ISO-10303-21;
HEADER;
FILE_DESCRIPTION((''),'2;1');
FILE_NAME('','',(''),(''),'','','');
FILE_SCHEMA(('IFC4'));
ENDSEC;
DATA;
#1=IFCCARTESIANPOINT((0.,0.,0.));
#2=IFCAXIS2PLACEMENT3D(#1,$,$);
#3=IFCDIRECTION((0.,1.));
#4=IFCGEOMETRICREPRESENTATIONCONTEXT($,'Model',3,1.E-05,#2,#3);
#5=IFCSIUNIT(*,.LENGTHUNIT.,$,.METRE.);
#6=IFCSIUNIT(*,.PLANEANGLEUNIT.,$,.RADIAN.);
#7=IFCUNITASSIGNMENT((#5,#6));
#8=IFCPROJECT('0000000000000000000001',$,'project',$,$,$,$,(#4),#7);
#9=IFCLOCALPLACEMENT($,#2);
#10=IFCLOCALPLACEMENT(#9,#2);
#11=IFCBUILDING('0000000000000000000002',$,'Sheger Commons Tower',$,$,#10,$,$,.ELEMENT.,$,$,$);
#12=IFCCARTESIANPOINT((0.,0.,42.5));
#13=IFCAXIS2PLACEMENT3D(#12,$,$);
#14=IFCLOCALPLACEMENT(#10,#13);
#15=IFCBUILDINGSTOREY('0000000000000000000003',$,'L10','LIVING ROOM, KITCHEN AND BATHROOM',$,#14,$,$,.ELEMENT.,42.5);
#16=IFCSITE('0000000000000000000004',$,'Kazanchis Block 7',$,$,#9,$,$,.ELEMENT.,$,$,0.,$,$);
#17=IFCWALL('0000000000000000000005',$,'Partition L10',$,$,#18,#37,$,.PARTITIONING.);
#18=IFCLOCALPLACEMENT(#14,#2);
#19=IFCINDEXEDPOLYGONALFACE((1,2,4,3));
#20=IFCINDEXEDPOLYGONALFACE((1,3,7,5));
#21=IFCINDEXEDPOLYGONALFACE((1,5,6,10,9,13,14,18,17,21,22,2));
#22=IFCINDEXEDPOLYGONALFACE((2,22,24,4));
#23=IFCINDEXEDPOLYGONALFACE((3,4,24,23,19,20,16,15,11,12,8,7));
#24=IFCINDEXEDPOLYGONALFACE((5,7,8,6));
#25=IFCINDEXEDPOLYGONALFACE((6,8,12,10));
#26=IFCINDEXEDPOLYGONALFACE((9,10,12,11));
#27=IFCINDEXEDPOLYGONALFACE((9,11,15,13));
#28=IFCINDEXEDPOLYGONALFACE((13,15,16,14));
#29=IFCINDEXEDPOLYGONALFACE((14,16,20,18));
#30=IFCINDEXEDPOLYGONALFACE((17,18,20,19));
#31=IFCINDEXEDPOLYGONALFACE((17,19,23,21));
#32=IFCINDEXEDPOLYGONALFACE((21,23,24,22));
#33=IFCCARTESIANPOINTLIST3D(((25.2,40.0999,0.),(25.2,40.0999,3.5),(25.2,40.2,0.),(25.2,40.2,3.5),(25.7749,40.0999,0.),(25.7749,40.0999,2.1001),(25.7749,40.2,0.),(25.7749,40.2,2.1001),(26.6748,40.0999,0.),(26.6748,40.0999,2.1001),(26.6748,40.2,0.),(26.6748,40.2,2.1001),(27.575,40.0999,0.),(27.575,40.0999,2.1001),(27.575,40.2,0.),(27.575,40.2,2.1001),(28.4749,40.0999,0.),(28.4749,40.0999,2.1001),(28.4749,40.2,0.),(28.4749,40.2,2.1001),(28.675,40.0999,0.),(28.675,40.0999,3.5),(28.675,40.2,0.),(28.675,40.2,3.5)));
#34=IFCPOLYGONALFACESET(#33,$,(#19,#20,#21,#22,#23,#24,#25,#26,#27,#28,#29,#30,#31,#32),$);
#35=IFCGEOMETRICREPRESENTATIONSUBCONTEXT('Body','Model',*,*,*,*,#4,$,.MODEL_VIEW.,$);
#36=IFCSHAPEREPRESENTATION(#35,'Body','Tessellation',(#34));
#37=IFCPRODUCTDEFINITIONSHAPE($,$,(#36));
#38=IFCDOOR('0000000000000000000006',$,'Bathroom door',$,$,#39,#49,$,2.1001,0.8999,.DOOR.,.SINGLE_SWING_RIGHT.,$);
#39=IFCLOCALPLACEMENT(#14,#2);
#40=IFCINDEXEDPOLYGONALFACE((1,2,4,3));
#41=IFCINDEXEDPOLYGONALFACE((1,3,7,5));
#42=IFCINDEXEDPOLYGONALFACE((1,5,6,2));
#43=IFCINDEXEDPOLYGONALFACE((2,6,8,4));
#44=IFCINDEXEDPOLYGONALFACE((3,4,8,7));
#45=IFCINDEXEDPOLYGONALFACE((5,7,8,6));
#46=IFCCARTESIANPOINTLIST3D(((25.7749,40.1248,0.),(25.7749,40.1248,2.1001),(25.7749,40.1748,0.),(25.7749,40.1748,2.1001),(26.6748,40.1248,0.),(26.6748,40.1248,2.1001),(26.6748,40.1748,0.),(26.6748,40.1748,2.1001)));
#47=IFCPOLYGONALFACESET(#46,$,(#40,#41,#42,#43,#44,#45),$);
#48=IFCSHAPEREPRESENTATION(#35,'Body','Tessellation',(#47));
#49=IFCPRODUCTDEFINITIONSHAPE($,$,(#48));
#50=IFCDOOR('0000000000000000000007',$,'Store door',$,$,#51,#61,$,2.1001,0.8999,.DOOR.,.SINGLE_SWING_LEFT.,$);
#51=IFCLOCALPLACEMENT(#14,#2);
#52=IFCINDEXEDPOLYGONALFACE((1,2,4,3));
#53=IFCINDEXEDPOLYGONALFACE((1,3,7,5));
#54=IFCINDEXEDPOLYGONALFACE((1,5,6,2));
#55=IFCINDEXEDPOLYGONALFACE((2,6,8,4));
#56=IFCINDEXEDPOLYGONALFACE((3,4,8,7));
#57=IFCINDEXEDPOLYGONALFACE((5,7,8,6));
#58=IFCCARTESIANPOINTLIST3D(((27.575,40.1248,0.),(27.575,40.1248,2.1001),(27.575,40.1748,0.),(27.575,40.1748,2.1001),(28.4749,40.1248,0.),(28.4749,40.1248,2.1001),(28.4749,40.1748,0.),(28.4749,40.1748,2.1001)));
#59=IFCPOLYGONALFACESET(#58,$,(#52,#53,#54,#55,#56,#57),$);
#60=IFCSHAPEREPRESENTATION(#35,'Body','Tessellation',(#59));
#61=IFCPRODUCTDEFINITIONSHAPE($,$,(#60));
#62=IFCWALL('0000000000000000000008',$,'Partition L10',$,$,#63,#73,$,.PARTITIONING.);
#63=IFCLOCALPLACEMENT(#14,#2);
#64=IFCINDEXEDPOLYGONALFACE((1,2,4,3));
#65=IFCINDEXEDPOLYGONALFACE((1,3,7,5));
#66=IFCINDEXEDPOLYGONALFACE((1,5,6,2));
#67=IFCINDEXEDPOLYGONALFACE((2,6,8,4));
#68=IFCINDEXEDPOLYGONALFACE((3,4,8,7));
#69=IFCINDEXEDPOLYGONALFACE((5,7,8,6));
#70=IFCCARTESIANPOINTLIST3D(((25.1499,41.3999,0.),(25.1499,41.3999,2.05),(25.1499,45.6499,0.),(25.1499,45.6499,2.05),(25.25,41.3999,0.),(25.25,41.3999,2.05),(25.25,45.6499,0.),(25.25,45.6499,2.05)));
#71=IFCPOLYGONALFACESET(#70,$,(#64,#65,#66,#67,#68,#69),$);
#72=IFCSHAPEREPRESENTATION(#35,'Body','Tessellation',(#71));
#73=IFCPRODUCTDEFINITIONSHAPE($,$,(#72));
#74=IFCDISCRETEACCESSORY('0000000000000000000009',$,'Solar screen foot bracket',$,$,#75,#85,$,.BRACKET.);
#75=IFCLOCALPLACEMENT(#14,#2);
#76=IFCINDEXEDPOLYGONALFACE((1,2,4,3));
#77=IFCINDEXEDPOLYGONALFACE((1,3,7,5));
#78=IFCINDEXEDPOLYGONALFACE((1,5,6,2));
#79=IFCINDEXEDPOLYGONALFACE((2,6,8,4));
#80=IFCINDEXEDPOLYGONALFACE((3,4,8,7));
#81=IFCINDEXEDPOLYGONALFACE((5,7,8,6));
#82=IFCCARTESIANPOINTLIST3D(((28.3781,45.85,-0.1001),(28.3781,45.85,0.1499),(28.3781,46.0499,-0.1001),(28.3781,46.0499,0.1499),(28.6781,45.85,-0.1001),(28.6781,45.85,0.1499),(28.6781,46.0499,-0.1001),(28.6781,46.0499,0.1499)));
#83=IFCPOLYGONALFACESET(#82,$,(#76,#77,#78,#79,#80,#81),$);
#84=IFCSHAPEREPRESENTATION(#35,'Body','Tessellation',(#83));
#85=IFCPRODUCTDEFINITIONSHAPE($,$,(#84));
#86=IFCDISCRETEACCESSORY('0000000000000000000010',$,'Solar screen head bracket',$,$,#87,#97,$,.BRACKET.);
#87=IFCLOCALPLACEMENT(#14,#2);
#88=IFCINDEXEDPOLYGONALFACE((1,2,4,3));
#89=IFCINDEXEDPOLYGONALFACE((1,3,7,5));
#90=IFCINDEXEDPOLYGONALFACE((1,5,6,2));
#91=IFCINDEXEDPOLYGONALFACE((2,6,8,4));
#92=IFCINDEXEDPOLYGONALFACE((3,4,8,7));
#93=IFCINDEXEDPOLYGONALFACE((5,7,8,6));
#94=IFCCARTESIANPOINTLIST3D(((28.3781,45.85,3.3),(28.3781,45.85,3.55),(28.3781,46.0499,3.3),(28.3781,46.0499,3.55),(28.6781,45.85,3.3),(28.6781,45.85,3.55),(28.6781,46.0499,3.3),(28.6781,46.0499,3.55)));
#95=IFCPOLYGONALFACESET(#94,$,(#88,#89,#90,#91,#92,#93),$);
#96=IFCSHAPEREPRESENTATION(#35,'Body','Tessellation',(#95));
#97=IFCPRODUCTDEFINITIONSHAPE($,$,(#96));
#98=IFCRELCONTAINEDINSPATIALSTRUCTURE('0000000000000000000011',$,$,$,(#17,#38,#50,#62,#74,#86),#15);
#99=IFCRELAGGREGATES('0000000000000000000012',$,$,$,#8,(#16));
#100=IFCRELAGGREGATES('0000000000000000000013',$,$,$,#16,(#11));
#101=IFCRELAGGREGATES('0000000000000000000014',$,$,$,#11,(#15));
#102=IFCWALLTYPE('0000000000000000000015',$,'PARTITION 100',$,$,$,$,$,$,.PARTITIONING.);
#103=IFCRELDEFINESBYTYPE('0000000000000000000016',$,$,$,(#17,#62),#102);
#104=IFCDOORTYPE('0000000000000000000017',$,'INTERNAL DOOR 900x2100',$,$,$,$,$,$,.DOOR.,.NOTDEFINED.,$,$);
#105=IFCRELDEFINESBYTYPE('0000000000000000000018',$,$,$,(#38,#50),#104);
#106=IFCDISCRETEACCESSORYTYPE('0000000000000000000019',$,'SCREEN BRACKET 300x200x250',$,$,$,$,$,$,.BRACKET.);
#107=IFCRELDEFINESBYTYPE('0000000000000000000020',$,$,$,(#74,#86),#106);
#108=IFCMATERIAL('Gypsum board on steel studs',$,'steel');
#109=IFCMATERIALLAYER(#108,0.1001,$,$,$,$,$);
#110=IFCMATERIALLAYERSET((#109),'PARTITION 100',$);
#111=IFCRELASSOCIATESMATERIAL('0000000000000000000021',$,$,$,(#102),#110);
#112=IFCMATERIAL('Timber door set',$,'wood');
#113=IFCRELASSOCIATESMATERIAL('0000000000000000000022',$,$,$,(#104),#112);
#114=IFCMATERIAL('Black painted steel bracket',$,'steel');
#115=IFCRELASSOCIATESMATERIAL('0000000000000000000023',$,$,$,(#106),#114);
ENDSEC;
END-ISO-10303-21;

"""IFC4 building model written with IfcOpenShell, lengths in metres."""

from ifc_helpers import new_model, si_unit, direction, frame, frame_2d, origin, origin_2d, place, context, subcontext, project, spatial, rectangle, extrude, material, layer, layer_set, type_object, element, fill, save


model = new_model("IFC4")

# Units and contexts
model_context = context("Model", 3, precision=1e-05, world=origin(), true_north=direction((0.0, 1.0)))
body_context = subcontext(model_context, "Body", "Model", "MODEL_VIEW")
ifc_project = project(units=[si_unit("LENGTHUNIT", "METRE"), si_unit("PLANEANGLEUNIT", "RADIAN")], contexts=[model_context])

# Site, building, storey
site_placement = place(None, origin())
site = spatial("IfcSite", under=ifc_project, at=site_placement, Name="Kazanchis Block 7", CompositionType="ELEMENT", RefElevation=0.0)
building_placement = place(site_placement, origin())
building = spatial("IfcBuilding", under=site, at=building_placement, Name="Sheger Commons Tower", CompositionType="ELEMENT")
storey_placement = place(building_placement, frame((0.0, 0.0, 42.5)))
storey = spatial("IfcBuildingStorey", under=building, at=storey_placement, Name="L10", Description="LIVING ROOM, KITCHEN AND BATHROOM", CompositionType="ELEMENT", Elevation=42.5)

# Shared definitions
ifc_material_1 = material(Name="Gypsum board on steel studs", Category="steel")
ifc_layer_1 = layer(ifc_material_1, 0.1001)
ifc_layer_set_1 = layer_set([ifc_layer_1], Name="PARTITION 100")
wall_type_1 = type_object("IfcWallType", Name="PARTITION 100", PredefinedType="PARTITIONING", material=ifc_layer_set_1)
ifc_material_2 = material(Name="Timber door set", Category="wood")
door_type = type_object("IfcDoorType", Name="INTERNAL DOOR 900x2100", OperationType="NOTDEFINED", PredefinedType="DOOR", material=ifc_material_2)

# Wall, openings, doors
wall_1_placement = place(storey_placement, frame((25.2, 40.1499, 0.0), z_axis=(0.0, 0.0, 1.0), x_axis=(1.0, 0.0, 0.0)))
wall_1 = element("IfcWall", 1, at=wall_1_placement, inside=storey, type_object=wall_type_1, Name="Partition L10", PredefinedType="PARTITIONING", context=body_context, shape_type="SweptSolid", body=[
    extrude(rectangle(XDim=3.4751, YDim=0.1001, at=frame_2d((1.7375, 0.0))), origin(), (0.0, 0.0, 1.0), 3.5),
])
opening_1_placement = place(wall_1_placement, frame((0.575, 0.0, 0.0)))
opening_1 = element("IfcOpeningElement", 2, at=opening_1_placement, cuts=wall_1, PredefinedType="OPENING", context=body_context, shape_type="SweptSolid", body=[
    extrude(rectangle(XDim=0.8999, YDim=2.1001, at=frame_2d((0.45, 1.05))), frame((0.0, 0.0601, 0.0), z_axis=(0.0, -1.0, 0.0), x_axis=(1.0, 0.0, 0.0)), (0.0, 0.0, 1.0), 0.1201),
])
opening_2_placement = place(wall_1_placement, frame((2.375, 0.0, 0.0)))
opening_2 = element("IfcOpeningElement", 3, at=opening_2_placement, cuts=wall_1, PredefinedType="OPENING", context=body_context, shape_type="SweptSolid", body=[
    extrude(rectangle(XDim=0.8999, YDim=2.1001, at=frame_2d((0.45, 1.05))), frame((0.0, 0.0601, 0.0), z_axis=(0.0, -1.0, 0.0), x_axis=(1.0, 0.0, 0.0)), (0.0, 0.0, 1.0), 0.1201),
])
door_1_placement = place(opening_1_placement, origin())
door_1 = element("IfcDoor", 4, at=door_1_placement, inside=storey, type_object=door_type, Name="Bathroom door", OperationType="SINGLE_SWING_RIGHT", OverallHeight=2.1001, OverallWidth=0.8999, PredefinedType="DOOR", context=body_context, shape_type="SweptSolid", body=[
    extrude(rectangle(XDim=0.8999, YDim=2.1001, at=frame_2d((0.45, 1.05))), frame((0.0, 0.0249, 0.0), z_axis=(0.0, -1.0, 0.0), x_axis=(1.0, 0.0, 0.0)), (0.0, 0.0, 1.0), 0.05),
])
fill(opening_1, door_1)
door_2_placement = place(opening_2_placement, origin())
door_2 = element("IfcDoor", 5, at=door_2_placement, inside=storey, type_object=door_type, Name="Store door", OperationType="SINGLE_SWING_LEFT", OverallHeight=2.1001, OverallWidth=0.8999, PredefinedType="DOOR", context=body_context, shape_type="SweptSolid", body=[
    extrude(rectangle(XDim=0.8999, YDim=2.1001, at=frame_2d((0.45, 1.05))), frame((0.0, 0.0249, 0.0), z_axis=(0.0, -1.0, 0.0), x_axis=(1.0, 0.0, 0.0)), (0.0, 0.0, 1.0), 0.05),
])
fill(opening_2, door_2)

# Wall
wall_2_placement = place(storey_placement, frame((25.2, 41.3999, 0.0), z_axis=(0.0, 0.0, 1.0), x_axis=(0.0, 1.0, 0.0)))
element("IfcWall", 6, at=wall_2_placement, inside=storey, type_object=wall_type_1, Name="Partition L10", PredefinedType="PARTITIONING", context=body_context, shape_type="SweptSolid", body=[
    extrude(rectangle(XDim=4.25, YDim=0.1001, at=frame_2d((2.125, 0.0))), origin(), (0.0, 0.0, 1.0), 2.05),
])

# Discrete accessories
ifc_material_3 = material(Name="Black painted steel bracket", Category="steel")
discrete_accessory_type = type_object("IfcDiscreteAccessoryType", Name="SCREEN BRACKET 300x200x250", PredefinedType="BRACKET", material=ifc_material_3)
for number, where, z_axis, x_axis, name in (
    (7, (28.5281, 45.95, -0.1001), (0.0, 0.0, 1.0), (-1.0, 0.0, 0.0), "Solar screen foot bracket"),
    (8, (28.5281, 45.95, 3.3), (0.0, 0.0, 1.0), (-1.0, 0.0, 0.0), "Solar screen head bracket"),
):
    element("IfcDiscreteAccessory", number, at=place(storey_placement, frame(where, z_axis=z_axis, x_axis=x_axis)), inside=storey, type_object=discrete_accessory_type, Name=name, PredefinedType="BRACKET", context=body_context, shape_type="SweptSolid", body=[
        extrude(rectangle(XDim=0.3, YDim=0.2, at=origin_2d()), origin(), (0.0, 0.0, 1.0), 0.25),
    ])

save(model, "model.ifc")
